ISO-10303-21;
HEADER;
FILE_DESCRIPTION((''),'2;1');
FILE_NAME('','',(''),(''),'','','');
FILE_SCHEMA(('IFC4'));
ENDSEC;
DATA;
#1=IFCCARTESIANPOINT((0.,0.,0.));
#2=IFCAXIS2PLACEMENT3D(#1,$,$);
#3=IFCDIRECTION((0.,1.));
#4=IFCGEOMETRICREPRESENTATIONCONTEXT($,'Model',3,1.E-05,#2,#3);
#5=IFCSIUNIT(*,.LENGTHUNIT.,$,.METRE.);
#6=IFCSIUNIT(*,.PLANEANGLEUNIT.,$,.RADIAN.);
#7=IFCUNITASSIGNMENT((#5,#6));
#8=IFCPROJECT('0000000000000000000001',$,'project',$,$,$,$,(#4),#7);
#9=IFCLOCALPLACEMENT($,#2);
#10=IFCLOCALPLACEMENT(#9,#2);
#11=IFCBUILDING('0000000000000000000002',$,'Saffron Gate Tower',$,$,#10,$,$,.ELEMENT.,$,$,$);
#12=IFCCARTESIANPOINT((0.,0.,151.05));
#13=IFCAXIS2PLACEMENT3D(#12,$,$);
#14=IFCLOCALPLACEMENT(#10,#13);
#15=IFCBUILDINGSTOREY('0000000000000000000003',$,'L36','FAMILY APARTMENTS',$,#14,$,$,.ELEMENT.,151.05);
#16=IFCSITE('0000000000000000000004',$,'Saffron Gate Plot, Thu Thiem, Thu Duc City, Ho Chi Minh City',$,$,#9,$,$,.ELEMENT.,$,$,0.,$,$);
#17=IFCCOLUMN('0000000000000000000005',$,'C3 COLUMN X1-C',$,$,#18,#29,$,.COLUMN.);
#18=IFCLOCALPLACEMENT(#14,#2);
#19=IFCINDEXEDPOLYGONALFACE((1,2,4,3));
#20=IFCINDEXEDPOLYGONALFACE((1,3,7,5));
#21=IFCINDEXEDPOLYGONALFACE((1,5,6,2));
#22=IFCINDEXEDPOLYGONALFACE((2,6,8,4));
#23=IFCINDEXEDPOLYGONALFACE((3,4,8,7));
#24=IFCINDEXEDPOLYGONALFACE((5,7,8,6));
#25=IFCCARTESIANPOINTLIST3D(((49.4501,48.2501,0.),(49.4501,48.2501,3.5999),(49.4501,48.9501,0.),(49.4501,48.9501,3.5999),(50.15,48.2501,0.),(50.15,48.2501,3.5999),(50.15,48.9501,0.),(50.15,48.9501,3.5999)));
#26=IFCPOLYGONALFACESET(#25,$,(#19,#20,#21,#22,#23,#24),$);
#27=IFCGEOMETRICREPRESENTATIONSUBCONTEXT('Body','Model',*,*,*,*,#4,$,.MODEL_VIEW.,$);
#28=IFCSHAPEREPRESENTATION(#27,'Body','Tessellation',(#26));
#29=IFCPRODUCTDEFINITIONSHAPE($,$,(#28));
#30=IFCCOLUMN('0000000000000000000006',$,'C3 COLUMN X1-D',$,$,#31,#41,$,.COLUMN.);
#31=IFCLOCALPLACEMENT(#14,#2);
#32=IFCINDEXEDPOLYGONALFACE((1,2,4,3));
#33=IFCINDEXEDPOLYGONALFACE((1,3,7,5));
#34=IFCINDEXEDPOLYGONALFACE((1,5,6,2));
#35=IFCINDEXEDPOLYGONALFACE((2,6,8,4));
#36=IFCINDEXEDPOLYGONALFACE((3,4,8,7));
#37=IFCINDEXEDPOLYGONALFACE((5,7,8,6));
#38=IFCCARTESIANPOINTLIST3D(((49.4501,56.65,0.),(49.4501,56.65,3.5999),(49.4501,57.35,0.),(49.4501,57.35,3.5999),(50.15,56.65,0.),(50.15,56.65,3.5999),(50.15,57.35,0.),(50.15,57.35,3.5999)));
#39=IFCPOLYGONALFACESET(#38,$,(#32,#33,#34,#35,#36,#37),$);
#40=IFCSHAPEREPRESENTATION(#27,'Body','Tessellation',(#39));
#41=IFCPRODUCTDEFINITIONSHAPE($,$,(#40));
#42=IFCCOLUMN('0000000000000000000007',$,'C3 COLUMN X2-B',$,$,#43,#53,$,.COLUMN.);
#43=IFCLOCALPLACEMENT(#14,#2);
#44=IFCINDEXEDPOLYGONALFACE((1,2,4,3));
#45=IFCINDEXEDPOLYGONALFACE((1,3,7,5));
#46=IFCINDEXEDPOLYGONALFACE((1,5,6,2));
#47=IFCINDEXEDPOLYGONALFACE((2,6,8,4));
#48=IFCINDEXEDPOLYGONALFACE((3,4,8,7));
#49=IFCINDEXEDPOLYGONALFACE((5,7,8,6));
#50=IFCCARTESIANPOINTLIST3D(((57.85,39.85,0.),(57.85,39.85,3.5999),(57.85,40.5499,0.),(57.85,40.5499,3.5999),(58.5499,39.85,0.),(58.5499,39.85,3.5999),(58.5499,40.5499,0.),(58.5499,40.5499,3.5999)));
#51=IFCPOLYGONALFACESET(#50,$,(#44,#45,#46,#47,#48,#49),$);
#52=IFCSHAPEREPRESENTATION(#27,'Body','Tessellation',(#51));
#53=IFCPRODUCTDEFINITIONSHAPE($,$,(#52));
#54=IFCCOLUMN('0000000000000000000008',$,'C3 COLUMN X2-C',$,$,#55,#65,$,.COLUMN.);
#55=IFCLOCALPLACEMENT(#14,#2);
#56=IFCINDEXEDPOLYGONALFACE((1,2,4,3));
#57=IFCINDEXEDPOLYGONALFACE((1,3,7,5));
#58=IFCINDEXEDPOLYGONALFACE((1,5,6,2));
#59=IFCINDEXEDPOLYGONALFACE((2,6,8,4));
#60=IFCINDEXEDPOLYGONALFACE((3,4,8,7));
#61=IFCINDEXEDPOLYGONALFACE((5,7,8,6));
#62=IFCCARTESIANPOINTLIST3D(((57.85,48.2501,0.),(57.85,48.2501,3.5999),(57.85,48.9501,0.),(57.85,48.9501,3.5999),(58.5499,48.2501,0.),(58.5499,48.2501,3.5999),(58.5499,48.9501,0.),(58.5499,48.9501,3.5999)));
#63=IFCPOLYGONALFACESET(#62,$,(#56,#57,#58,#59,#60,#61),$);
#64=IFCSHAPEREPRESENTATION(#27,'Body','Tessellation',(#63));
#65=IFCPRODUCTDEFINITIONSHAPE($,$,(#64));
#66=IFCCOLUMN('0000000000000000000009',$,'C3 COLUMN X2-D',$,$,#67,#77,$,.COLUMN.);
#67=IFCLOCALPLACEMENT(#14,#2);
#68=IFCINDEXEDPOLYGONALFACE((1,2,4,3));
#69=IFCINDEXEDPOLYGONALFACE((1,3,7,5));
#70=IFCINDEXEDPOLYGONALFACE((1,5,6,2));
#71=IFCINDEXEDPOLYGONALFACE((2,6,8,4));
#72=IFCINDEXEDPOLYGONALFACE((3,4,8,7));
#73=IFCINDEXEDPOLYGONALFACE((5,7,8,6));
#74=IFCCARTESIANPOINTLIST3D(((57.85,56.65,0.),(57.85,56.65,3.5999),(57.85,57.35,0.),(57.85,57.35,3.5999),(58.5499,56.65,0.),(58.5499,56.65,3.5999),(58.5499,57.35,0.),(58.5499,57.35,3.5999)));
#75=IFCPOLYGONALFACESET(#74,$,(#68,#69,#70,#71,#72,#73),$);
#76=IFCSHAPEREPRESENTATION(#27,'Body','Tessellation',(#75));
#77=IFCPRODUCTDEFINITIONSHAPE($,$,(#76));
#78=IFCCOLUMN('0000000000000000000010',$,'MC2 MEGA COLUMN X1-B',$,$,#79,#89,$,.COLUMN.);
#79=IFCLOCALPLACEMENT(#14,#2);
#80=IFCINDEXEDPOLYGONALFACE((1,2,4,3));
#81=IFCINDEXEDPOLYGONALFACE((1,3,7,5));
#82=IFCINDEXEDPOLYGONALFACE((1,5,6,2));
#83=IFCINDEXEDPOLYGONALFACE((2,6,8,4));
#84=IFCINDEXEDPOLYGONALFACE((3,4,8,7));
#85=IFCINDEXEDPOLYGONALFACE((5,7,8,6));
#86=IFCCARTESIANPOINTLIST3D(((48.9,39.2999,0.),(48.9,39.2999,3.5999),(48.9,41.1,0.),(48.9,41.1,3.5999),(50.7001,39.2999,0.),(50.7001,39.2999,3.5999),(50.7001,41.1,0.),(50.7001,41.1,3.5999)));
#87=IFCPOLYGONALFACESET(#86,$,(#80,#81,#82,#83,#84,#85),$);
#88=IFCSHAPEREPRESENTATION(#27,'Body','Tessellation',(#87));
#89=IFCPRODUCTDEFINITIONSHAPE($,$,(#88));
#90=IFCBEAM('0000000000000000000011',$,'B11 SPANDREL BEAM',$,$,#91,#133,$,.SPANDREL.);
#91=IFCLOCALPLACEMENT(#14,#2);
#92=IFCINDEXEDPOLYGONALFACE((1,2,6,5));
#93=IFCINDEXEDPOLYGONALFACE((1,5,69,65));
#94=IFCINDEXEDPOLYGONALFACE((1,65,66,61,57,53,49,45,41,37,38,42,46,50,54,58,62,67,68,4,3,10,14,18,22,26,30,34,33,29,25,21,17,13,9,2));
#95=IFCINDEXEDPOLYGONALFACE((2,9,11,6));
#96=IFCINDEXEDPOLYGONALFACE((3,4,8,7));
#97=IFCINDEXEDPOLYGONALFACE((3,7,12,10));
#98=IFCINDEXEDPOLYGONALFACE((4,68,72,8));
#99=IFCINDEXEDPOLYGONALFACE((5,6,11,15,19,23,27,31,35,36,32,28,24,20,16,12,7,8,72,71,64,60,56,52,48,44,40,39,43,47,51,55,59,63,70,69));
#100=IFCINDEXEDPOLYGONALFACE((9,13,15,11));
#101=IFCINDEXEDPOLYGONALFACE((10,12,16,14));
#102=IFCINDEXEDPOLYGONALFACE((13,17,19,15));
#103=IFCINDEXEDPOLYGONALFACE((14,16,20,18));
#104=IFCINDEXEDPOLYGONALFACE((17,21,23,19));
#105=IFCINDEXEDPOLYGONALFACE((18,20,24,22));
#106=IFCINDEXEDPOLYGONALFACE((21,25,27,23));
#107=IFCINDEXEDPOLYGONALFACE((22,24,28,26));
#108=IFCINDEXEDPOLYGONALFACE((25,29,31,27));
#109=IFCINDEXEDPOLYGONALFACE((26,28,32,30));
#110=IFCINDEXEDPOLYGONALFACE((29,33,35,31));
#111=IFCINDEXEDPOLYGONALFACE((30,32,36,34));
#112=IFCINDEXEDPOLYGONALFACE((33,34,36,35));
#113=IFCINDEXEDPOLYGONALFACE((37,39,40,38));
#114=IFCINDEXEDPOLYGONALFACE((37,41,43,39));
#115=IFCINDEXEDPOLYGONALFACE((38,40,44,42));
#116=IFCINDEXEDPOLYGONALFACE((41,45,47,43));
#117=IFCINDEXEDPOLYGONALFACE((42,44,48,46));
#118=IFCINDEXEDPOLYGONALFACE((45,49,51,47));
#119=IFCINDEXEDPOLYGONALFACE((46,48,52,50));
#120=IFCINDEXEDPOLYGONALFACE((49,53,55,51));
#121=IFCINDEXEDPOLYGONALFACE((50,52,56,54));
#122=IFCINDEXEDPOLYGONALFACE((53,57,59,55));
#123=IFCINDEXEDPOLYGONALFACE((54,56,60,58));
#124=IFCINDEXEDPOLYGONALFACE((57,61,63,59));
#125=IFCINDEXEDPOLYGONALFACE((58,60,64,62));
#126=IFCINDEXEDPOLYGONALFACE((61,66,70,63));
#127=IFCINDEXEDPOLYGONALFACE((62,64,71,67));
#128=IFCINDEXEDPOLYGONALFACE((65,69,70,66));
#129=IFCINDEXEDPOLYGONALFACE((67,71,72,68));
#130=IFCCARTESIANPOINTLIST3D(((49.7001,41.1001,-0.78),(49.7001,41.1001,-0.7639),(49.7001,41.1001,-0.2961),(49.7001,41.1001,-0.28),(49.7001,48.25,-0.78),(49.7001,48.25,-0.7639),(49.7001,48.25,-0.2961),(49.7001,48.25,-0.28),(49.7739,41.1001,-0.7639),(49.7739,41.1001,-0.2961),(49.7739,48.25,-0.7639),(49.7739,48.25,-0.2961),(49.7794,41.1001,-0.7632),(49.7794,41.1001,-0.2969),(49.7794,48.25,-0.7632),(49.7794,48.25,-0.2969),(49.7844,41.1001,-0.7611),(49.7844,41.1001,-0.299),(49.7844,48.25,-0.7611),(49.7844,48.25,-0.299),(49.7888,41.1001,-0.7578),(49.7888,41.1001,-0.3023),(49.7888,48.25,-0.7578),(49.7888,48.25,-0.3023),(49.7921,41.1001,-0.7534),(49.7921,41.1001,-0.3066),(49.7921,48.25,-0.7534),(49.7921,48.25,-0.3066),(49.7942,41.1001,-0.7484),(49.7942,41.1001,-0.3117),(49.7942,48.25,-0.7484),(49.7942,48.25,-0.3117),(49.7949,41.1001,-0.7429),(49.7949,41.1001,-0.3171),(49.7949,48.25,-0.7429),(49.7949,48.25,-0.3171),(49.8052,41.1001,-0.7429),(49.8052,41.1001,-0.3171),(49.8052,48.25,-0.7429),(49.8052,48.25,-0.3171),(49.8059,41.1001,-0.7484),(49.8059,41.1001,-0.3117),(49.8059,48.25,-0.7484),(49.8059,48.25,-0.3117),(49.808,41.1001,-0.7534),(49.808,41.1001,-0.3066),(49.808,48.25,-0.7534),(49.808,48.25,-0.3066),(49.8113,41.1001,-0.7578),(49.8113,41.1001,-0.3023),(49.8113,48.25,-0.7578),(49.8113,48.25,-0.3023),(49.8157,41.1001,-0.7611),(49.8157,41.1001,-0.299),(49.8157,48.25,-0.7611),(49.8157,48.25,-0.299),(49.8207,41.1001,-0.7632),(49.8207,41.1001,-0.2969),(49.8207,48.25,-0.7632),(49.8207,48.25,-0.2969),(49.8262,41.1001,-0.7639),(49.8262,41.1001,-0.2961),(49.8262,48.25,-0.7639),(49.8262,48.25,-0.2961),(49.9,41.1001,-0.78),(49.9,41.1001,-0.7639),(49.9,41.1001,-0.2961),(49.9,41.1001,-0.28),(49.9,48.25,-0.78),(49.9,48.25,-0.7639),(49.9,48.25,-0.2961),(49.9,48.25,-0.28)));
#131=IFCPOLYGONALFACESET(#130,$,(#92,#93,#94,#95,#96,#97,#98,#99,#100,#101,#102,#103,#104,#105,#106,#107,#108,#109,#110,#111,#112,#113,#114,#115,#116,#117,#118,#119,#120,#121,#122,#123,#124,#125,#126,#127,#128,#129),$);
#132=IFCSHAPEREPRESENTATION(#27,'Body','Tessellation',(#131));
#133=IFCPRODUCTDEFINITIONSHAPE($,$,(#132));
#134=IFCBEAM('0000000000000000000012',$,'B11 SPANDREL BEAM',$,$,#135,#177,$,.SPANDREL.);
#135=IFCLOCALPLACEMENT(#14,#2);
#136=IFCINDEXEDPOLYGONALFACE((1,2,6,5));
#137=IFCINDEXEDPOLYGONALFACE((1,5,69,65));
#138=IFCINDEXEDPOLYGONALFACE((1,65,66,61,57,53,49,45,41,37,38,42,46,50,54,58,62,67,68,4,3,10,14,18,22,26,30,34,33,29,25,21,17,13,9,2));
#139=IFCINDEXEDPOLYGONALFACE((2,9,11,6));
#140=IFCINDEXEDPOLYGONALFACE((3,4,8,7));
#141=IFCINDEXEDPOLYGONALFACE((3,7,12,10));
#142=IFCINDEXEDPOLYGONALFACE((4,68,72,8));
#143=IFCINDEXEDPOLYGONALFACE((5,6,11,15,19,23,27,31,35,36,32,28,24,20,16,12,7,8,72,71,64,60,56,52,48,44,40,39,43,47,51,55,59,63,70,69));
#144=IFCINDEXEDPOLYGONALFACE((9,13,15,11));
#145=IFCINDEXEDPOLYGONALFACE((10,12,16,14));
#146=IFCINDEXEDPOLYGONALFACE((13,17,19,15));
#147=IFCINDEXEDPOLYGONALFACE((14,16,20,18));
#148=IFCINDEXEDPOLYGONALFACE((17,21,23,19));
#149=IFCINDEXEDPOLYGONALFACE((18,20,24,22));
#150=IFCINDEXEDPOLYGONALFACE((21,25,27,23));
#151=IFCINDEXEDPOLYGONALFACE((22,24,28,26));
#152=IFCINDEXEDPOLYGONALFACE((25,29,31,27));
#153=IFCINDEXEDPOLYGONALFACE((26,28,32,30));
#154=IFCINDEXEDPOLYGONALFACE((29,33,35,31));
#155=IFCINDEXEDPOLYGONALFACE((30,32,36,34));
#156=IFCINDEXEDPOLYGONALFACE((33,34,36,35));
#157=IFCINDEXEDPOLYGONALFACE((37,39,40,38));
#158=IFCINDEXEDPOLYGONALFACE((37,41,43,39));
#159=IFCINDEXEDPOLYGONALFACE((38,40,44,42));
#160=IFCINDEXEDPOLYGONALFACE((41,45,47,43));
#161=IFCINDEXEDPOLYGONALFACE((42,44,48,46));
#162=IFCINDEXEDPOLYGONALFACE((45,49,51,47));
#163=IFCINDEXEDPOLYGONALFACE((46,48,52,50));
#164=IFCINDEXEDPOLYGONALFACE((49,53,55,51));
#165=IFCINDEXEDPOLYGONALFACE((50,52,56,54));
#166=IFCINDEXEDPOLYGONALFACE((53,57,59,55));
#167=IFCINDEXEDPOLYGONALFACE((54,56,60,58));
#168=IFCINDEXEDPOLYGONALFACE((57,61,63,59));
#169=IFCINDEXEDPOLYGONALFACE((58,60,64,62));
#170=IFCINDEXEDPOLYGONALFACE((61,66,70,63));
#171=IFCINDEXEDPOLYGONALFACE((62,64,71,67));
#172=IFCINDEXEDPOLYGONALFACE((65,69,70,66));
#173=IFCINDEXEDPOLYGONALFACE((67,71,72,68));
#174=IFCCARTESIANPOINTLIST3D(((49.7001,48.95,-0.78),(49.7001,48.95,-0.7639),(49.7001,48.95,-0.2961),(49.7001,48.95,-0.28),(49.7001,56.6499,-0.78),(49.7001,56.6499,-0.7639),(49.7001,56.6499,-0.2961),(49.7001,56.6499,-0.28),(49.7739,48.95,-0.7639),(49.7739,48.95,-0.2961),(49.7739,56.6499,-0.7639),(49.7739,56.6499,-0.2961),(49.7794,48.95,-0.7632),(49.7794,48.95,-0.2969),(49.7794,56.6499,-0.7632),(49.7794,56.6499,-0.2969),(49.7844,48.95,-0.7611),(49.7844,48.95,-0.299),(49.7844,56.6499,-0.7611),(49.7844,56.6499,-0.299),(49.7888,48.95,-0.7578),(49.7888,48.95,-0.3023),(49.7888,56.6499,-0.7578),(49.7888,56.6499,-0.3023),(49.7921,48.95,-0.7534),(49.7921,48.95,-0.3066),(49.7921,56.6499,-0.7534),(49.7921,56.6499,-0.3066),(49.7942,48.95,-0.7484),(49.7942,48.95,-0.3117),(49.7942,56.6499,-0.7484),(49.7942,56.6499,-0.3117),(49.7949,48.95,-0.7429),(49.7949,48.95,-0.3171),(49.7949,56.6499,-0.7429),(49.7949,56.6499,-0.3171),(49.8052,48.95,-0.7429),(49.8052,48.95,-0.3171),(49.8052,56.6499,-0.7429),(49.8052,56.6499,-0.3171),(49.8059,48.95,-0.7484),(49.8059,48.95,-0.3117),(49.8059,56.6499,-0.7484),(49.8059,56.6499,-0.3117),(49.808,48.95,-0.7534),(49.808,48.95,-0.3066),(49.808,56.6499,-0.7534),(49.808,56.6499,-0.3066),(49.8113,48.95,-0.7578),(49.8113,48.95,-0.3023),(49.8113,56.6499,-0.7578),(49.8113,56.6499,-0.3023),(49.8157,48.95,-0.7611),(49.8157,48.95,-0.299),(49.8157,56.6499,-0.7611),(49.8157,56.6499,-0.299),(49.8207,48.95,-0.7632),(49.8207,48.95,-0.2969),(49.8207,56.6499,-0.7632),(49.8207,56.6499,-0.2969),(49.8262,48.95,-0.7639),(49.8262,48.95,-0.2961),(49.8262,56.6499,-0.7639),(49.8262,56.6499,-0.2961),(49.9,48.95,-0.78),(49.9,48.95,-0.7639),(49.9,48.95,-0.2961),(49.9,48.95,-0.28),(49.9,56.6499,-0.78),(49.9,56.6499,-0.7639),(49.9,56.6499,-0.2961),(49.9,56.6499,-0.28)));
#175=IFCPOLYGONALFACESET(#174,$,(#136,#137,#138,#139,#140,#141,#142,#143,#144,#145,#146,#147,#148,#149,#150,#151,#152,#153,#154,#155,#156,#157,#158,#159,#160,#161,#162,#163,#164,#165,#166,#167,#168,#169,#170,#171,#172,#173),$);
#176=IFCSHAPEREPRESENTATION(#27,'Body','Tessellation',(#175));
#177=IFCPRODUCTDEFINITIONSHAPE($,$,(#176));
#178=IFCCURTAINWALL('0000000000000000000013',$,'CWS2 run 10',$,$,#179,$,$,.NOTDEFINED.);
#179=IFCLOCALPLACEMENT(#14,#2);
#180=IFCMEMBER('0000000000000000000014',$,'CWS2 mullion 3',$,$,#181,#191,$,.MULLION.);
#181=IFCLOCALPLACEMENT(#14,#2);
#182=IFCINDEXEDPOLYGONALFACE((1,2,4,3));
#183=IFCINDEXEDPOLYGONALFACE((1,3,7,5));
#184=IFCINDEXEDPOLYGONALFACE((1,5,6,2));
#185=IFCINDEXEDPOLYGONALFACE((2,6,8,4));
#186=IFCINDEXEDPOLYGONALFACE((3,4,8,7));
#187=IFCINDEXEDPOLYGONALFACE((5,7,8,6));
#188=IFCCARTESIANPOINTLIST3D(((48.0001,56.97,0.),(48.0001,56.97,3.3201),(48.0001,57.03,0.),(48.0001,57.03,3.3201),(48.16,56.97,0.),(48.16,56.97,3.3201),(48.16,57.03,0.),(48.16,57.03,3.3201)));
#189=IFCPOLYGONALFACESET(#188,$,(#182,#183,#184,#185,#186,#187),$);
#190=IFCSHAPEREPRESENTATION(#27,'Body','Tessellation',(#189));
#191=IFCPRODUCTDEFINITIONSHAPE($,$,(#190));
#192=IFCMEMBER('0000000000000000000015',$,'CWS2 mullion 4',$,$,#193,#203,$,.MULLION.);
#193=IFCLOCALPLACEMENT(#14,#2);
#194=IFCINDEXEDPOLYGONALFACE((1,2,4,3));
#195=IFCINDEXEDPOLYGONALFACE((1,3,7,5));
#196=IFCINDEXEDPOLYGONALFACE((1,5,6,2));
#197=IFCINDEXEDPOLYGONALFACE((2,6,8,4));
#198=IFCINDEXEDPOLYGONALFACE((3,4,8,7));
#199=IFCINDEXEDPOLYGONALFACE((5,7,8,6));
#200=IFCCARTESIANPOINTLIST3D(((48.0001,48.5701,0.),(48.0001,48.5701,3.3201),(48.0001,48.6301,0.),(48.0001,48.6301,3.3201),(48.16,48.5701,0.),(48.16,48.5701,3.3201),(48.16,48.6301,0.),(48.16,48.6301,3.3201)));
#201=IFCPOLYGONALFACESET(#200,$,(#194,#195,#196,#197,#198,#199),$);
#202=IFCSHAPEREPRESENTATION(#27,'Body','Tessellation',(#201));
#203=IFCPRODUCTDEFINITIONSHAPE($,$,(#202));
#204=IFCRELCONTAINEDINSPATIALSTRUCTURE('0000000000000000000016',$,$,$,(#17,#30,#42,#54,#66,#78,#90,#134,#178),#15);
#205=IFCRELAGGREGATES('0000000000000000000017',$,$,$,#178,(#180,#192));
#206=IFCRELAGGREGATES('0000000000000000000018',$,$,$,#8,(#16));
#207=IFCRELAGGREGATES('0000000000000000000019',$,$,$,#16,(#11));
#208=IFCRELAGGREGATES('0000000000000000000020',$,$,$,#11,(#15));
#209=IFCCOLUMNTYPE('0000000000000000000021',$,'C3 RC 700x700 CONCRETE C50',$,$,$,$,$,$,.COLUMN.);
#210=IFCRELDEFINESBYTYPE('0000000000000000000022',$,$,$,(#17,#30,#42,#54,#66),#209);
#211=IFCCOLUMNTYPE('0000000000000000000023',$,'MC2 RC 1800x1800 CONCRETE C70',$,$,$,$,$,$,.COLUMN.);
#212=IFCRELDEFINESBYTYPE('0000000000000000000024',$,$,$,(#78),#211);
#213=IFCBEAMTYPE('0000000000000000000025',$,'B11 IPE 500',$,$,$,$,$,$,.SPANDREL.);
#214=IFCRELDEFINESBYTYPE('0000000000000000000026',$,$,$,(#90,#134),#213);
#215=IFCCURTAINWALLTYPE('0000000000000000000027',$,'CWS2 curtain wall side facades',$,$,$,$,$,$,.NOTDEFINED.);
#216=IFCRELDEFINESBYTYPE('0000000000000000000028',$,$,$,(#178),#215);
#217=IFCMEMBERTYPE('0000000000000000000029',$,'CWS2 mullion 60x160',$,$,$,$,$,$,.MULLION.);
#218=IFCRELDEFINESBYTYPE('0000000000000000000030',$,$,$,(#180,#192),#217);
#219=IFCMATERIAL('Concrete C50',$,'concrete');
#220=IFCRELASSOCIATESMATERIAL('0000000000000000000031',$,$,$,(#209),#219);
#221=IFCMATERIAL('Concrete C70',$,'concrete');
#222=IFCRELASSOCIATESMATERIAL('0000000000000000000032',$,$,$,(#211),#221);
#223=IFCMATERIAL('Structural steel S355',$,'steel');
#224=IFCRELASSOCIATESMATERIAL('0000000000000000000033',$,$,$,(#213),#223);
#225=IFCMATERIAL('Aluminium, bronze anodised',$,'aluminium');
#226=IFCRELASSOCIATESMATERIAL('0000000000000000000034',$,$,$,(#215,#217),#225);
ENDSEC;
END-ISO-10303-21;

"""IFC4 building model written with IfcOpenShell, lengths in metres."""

from ifc_helpers import new_model, si_unit, direction, frame, origin, origin_2d, place, context, subcontext, project, spatial, rectangle, i_section, extrude, material, material_profile, profile_set, type_object, element, aggregate, save


model = new_model("IFC4")

# Units and contexts
model_context = context("Model", 3, precision=1e-05, world=origin(), true_north=direction((0.0, 1.0)))
body_context = subcontext(model_context, "Body", "Model", "MODEL_VIEW")
ifc_project = project(units=[si_unit("LENGTHUNIT", "METRE"), si_unit("PLANEANGLEUNIT", "RADIAN")], contexts=[model_context])

# Site, building, storey
site_placement = place(None, origin())
site = spatial("IfcSite", under=ifc_project, at=site_placement, Name="Saffron Gate Plot, Thu Thiem, Thu Duc City, Ho Chi Minh City", CompositionType="ELEMENT", RefElevation=0.0)
building_placement = place(site_placement, origin())
building = spatial("IfcBuilding", under=site, at=building_placement, Name="Saffron Gate Tower", CompositionType="ELEMENT")
storey_placement = place(building_placement, frame((0.0, 0.0, 151.05)))
storey = spatial("IfcBuildingStorey", under=building, at=storey_placement, Name="L36", Description="FAMILY APARTMENTS", CompositionType="ELEMENT", Elevation=151.05)

# Columns
ifc_material_1 = material(Name="Concrete C50", Category="concrete")
ifc_material_profile_1 = material_profile(ifc_material_1, rectangle(XDim=0.7, YDim=0.7, at=origin_2d()))
ifc_profile_set_1 = profile_set([ifc_material_profile_1], Name="Concrete C50")
column_type_1 = type_object("IfcColumnType", Name="C3 RC 700x700 CONCRETE C50", PredefinedType="COLUMN", material=ifc_profile_set_1)
for number, where, z_axis, x_axis, name in (
    (1, (49.8, 48.6001, 0.0), (0.0, 0.0, 1.0), (1.0, 0.0, 0.0), "C3 COLUMN X1-C"),
    (2, (49.8, 57.0, 0.0), (0.0, 0.0, 1.0), (1.0, 0.0, 0.0), "C3 COLUMN X1-D"),
    (3, (58.2, 40.2, 0.0), (0.0, 0.0, 1.0), (1.0, 0.0, 0.0), "C3 COLUMN X2-B"),
    (4, (58.2, 48.6001, 0.0), (0.0, 0.0, 1.0), (1.0, 0.0, 0.0), "C3 COLUMN X2-C"),
    (5, (58.2, 57.0, 0.0), (0.0, 0.0, 1.0), (1.0, 0.0, 0.0), "C3 COLUMN X2-D"),
):
    element("IfcColumn", number, at=place(storey_placement, frame(where, z_axis=z_axis, x_axis=x_axis)), inside=storey, type_object=column_type_1, Name=name, PredefinedType="COLUMN", context=body_context, shape_type="SweptSolid", body=[
        extrude(rectangle(XDim=0.7, YDim=0.7, at=origin_2d()), origin(), (0.0, 0.0, 1.0), 3.5999),
    ])
ifc_material_2 = material(Name="Concrete C70", Category="concrete")
ifc_material_profile_2 = material_profile(ifc_material_2, rectangle(XDim=1.8, YDim=1.8, at=origin_2d()))
ifc_profile_set_2 = profile_set([ifc_material_profile_2], Name="Concrete C70")
column_type_2 = type_object("IfcColumnType", Name="MC2 RC 1800x1800 CONCRETE C70", PredefinedType="COLUMN", material=ifc_profile_set_2)
column_placement = place(storey_placement, frame((49.8, 40.2, 0.0), z_axis=(0.0, 0.0, 1.0), x_axis=(1.0, 0.0, 0.0)))
element("IfcColumn", 6, at=column_placement, inside=storey, type_object=column_type_2, Name="MC2 MEGA COLUMN X1-B", PredefinedType="COLUMN", context=body_context, shape_type="SweptSolid", body=[
    extrude(rectangle(XDim=1.8, YDim=1.8, at=origin_2d()), origin(), (0.0, 0.0, 1.0), 3.5999),
])

# Beams
ifc_material_3 = material(Name="Structural steel S355", Category="steel")
ifc_material_profile_3 = material_profile(ifc_material_3, i_section(OverallWidth=0.2, OverallDepth=0.5, WebThickness=0.0103, FlangeThickness=0.0161, FilletRadius=0.021, at=origin_2d()))
ifc_profile_set_3 = profile_set([ifc_material_profile_3], Name="Structural steel S355")
beam_type = type_object("IfcBeamType", Name="B11 IPE 500", PredefinedType="SPANDREL", material=ifc_profile_set_3)
beam_1_placement = place(storey_placement, frame((49.8, 41.1001, -0.53), z_axis=(0.0, 1.0, 0.0), x_axis=(-1.0, 0.0, 0.0)))
element("IfcBeam", 7, at=beam_1_placement, inside=storey, type_object=beam_type, Name="B11 SPANDREL BEAM", PredefinedType="SPANDREL", context=body_context, shape_type="SweptSolid", body=[
    extrude(i_section(OverallWidth=0.2, OverallDepth=0.5, WebThickness=0.0103, FlangeThickness=0.0161, FilletRadius=0.021, at=origin_2d()), origin(), (0.0, 0.0, 1.0), 7.1499),
])
beam_2_placement = place(storey_placement, frame((49.8, 48.95, -0.53), z_axis=(0.0, 1.0, 0.0), x_axis=(-1.0, 0.0, 0.0)))
element("IfcBeam", 8, at=beam_2_placement, inside=storey, type_object=beam_type, Name="B11 SPANDREL BEAM", PredefinedType="SPANDREL", context=body_context, shape_type="SweptSolid", body=[
    extrude(i_section(OverallWidth=0.2, OverallDepth=0.5, WebThickness=0.0103, FlangeThickness=0.0161, FilletRadius=0.021, at=origin_2d()), origin(), (0.0, 0.0, 1.0), 7.7),
])

# Curtain wall, members
ifc_material_4 = material(Name="Aluminium, bronze anodised", Category="aluminium")
curtain_wall_type = type_object("IfcCurtainWallType", Name="CWS2 curtain wall side facades", PredefinedType="NOTDEFINED", material=ifc_material_4)
curtain_wall_placement = place(storey_placement, origin())
curtain_wall = element("IfcCurtainWall", 9, at=curtain_wall_placement, inside=storey, type_object=curtain_wall_type, Name="CWS2 run 10", PredefinedType="NOTDEFINED")
ifc_material_profile_4 = material_profile(ifc_material_4, rectangle(XDim=0.1599, YDim=0.0601, at=origin_2d()))
ifc_profile_set_4 = profile_set([ifc_material_profile_4], Name="Aluminium, bronze anodised")
member_type = type_object("IfcMemberType", Name="CWS2 mullion 60x160", PredefinedType="MULLION", material=ifc_profile_set_4)
member_1_placement = place(storey_placement, frame((48.0801, 57.0, 0.0), z_axis=(0.0, 0.0, 1.0), x_axis=(1.0, 0.0, 0.0)))
member_1 = element("IfcMember", 10, at=member_1_placement, type_object=member_type, Name="CWS2 mullion 3", PredefinedType="MULLION", context=body_context, shape_type="SweptSolid", body=[
    extrude(rectangle(XDim=0.1599, YDim=0.0601, at=origin_2d()), origin(), (0.0, 0.0, 1.0), 3.3201),
])
member_2_placement = place(storey_placement, frame((48.0801, 48.6001, 0.0), z_axis=(0.0, 0.0, 1.0), x_axis=(1.0, 0.0, 0.0)))
member_2 = element("IfcMember", 11, at=member_2_placement, type_object=member_type, Name="CWS2 mullion 4", PredefinedType="MULLION", context=body_context, shape_type="SweptSolid", body=[
    extrude(rectangle(XDim=0.1599, YDim=0.0601, at=origin_2d()), origin(), (0.0, 0.0, 1.0), 3.3201),
])
aggregate(curtain_wall, [member_1, member_2])

save(model, "model.ifc")
